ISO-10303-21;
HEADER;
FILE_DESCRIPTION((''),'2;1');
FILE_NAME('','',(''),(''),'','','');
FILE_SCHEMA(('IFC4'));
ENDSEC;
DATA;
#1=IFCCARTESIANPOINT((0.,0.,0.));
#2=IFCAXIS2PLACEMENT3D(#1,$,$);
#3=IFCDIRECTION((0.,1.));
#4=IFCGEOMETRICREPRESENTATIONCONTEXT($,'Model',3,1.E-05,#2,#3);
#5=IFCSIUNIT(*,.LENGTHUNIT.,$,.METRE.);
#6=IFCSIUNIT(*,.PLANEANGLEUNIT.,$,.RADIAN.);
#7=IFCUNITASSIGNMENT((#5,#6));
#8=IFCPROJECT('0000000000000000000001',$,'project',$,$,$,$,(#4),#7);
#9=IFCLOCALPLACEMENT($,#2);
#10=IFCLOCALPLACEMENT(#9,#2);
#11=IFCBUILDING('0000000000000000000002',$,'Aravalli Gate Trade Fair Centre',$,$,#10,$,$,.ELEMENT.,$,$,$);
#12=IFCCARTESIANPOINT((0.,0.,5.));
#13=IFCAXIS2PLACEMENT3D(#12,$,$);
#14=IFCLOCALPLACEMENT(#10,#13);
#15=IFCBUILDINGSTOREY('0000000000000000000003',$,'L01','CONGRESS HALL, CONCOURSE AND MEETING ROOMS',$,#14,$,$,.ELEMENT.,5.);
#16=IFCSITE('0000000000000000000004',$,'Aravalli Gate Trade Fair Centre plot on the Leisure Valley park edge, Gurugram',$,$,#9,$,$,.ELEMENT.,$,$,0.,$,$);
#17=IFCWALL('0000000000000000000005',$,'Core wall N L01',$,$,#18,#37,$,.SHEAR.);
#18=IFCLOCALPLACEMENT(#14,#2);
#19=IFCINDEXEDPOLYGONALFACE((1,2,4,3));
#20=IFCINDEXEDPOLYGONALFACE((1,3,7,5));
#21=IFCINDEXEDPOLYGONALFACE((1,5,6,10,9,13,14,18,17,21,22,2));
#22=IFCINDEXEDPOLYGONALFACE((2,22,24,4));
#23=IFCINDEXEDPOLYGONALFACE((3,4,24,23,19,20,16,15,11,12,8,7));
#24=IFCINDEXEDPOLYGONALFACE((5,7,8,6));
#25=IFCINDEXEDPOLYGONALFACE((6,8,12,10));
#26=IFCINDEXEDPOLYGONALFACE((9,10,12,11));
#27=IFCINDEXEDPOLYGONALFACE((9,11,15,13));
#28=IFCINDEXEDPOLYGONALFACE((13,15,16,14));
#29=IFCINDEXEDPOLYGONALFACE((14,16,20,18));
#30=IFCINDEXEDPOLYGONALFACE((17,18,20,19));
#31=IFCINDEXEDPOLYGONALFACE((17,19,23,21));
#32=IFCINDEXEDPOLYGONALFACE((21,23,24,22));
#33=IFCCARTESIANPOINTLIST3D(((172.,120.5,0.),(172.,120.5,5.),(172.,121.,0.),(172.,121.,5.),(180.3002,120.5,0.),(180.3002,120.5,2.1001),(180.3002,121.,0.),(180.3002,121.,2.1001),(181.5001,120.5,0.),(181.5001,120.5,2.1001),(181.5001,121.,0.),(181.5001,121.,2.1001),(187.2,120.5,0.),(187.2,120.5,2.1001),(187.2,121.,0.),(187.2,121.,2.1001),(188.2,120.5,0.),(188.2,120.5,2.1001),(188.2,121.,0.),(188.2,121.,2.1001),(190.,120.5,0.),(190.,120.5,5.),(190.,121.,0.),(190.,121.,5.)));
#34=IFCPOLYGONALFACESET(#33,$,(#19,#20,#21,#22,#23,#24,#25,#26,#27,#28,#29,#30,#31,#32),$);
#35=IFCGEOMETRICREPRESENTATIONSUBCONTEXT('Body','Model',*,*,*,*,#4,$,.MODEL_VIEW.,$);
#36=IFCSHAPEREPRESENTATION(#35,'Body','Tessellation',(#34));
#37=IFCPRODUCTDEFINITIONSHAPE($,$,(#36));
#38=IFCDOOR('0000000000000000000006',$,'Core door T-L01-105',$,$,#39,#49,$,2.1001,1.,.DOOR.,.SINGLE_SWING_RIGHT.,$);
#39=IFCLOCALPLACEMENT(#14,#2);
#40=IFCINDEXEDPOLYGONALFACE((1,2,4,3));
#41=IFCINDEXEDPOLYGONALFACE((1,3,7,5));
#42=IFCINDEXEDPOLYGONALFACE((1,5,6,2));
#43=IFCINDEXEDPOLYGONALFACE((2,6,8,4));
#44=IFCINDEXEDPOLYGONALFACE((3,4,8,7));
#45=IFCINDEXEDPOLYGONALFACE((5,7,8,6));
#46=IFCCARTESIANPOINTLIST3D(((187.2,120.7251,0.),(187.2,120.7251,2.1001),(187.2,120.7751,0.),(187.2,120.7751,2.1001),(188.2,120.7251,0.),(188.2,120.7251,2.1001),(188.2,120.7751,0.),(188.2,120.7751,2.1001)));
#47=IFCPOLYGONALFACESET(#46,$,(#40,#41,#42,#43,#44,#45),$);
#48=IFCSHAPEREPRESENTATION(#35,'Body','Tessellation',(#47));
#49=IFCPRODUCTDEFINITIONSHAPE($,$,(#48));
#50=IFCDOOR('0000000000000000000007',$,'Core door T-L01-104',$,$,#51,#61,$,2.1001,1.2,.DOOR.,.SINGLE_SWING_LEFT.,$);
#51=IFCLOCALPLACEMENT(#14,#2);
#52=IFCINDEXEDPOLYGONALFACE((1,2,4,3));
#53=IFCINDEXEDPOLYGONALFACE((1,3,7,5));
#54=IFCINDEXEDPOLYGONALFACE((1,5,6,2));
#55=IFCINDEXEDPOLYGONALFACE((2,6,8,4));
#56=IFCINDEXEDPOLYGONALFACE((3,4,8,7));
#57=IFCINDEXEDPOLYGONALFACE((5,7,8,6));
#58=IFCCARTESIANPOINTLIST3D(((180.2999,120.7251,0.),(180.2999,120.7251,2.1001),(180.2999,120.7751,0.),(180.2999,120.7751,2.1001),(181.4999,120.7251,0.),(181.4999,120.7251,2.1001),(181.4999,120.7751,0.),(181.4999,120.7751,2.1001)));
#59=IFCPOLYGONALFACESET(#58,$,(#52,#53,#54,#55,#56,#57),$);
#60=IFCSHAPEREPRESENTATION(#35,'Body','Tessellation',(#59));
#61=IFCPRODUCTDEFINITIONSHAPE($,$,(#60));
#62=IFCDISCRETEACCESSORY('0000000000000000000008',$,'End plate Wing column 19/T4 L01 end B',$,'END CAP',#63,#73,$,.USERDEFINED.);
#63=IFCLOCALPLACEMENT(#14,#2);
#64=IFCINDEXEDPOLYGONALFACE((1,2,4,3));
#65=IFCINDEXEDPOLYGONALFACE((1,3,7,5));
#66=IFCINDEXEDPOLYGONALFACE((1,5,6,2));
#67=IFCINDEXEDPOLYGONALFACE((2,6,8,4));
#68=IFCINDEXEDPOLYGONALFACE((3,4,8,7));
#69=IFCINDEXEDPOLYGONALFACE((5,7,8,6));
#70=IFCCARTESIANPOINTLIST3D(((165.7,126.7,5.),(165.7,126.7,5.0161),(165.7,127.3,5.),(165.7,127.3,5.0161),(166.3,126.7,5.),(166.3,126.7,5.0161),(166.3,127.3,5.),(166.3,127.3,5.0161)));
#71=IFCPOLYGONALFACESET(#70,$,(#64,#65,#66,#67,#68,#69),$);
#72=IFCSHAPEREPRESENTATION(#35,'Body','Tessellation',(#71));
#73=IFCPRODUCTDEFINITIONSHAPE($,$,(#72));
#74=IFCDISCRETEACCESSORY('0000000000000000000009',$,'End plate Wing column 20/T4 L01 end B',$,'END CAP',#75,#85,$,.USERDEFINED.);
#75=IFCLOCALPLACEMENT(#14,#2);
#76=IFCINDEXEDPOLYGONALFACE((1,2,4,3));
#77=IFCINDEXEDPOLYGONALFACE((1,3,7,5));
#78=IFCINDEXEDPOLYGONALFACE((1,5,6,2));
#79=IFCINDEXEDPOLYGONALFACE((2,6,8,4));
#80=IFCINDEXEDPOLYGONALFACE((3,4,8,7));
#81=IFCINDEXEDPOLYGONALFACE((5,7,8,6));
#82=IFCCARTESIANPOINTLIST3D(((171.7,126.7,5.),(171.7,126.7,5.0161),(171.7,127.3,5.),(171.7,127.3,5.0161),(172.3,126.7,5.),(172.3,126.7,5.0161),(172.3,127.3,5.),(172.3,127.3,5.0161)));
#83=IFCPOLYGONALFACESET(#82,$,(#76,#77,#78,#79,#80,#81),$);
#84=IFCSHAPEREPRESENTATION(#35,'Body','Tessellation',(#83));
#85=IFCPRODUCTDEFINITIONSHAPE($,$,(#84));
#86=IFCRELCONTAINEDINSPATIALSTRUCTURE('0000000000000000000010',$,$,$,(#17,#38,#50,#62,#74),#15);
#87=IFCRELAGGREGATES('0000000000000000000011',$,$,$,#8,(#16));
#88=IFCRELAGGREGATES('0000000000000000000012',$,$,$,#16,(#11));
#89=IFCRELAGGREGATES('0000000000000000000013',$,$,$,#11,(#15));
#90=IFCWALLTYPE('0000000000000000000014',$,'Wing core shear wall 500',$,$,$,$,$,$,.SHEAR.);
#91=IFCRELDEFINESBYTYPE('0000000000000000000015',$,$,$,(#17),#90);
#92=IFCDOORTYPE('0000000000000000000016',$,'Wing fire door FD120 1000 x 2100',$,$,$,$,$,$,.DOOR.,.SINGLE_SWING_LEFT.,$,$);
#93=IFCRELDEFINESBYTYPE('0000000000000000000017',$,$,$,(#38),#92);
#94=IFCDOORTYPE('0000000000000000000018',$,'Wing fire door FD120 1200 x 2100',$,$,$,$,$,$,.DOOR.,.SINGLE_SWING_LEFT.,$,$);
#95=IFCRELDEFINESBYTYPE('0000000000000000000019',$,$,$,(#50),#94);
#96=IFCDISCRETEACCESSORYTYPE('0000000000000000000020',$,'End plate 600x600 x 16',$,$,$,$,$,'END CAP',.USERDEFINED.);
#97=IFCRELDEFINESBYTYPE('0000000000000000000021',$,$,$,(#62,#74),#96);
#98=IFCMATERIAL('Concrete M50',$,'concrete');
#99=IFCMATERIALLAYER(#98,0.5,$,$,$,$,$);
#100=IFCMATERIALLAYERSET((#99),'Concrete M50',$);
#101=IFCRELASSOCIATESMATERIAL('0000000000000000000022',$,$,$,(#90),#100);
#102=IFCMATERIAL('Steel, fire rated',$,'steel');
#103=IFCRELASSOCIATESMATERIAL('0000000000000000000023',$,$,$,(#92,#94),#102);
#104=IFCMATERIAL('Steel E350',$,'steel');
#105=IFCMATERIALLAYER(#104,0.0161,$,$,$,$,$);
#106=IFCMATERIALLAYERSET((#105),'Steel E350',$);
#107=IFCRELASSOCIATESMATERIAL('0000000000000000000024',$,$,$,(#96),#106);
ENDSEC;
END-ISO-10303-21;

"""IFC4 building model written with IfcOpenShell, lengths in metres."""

from ifc_helpers import new_model, si_unit, direction, frame, frame_2d, origin, place, context, subcontext, project, spatial, polyline, rectangle, outline, extrude, material, layer, layer_set, type_object, element, fill, save


model = new_model("IFC4")

# Units and contexts
model_context = context("Model", 3, precision=1e-05, world=origin(), true_north=direction((0.0, 1.0)))
body_context = subcontext(model_context, "Body", "Model", "MODEL_VIEW")
ifc_project = project(units=[si_unit("LENGTHUNIT", "METRE"), si_unit("PLANEANGLEUNIT", "RADIAN")], contexts=[model_context])

# Site, building, storey
site_placement = place(None, origin())
site = spatial("IfcSite", under=ifc_project, at=site_placement, Name="Aravalli Gate Trade Fair Centre plot on the Leisure Valley park edge, Gurugram", CompositionType="ELEMENT", RefElevation=0.0)
building_placement = place(site_placement, origin())
building = spatial("IfcBuilding", under=site, at=building_placement, Name="Aravalli Gate Trade Fair Centre", CompositionType="ELEMENT")
storey_placement = place(building_placement, frame((0.0, 0.0, 5.0)))
storey = spatial("IfcBuildingStorey", under=building, at=storey_placement, Name="L01", Description="CONGRESS HALL, CONCOURSE AND MEETING ROOMS", CompositionType="ELEMENT", Elevation=5.0)

# Shared definitions
ifc_material_1 = material(Name="Steel E350", Category="steel")

# Wall, openings, doors
ifc_material_2 = material(Name="Concrete M50", Category="concrete")
ifc_layer_1 = layer(ifc_material_2, 0.5)
ifc_layer_set_1 = layer_set([ifc_layer_1], Name="Concrete M50")
wall_type = type_object("IfcWallType", Name="Wing core shear wall 500", PredefinedType="SHEAR", material=ifc_layer_set_1)
wall_placement = place(storey_placement, frame((172.0, 120.75, 0.0), z_axis=(0.0, 0.0, 1.0), x_axis=(1.0, 0.0, 0.0)))
wall = element("IfcWall", 1, at=wall_placement, inside=storey, type_object=wall_type, Name="Core wall N L01", PredefinedType="SHEAR", context=body_context, shape_type="SweptSolid", body=[
    extrude(rectangle(XDim=18.0, YDim=0.5, at=frame_2d((9.0, 0.0))), origin(), (0.0, 0.0, 1.0), 5.0),
])
opening_1_placement = place(wall_placement, frame((8.3, 0.0, 0.0)))
opening_1 = element("IfcOpeningElement", 2, at=opening_1_placement, cuts=wall, PredefinedType="OPENING", context=body_context, shape_type="SweptSolid", body=[
    extrude(rectangle(XDim=1.2, YDim=2.1001, at=frame_2d((0.6001, 1.05))), frame((0.0, 0.26, 0.0), z_axis=(0.0, -1.0, 0.0), x_axis=(1.0, 0.0, 0.0)), (0.0, 0.0, 1.0), 0.52),
])
opening_2_placement = place(wall_placement, frame((15.2, 0.0, 0.0)))
opening_2 = element("IfcOpeningElement", 3, at=opening_2_placement, cuts=wall, PredefinedType="OPENING", context=body_context, shape_type="SweptSolid", body=[
    extrude(rectangle(XDim=1.0, YDim=2.1001, at=frame_2d((0.5, 1.05))), frame((0.0, 0.26, 0.0), z_axis=(0.0, -1.0, 0.0), x_axis=(1.0, 0.0, 0.0)), (0.0, 0.0, 1.0), 0.52),
])
ifc_material_3 = material(Name="Steel, fire rated", Category="steel")
door_type_1 = type_object("IfcDoorType", Name="Wing fire door FD120 1000 x 2100", OperationType="SINGLE_SWING_LEFT", PredefinedType="DOOR", material=ifc_material_3)
door_1_placement = place(opening_2_placement, frame((1.0, 0.0, 0.0), z_axis=(0.0, 0.0, 1.0), x_axis=(-1.0, 0.0, 0.0)))
door_1 = element("IfcDoor", 4, at=door_1_placement, inside=storey, type_object=door_type_1, Name="Core door T-L01-105", OperationType="SINGLE_SWING_RIGHT", OverallHeight=2.1001, OverallWidth=1.0, PredefinedType="DOOR", context=body_context, shape_type="SweptSolid", body=[
    extrude(rectangle(XDim=1.0, YDim=2.1001, at=frame_2d((0.5, 1.05))), frame((0.0, 0.0249, 0.0), z_axis=(0.0, -1.0, 0.0), x_axis=(1.0, 0.0, 0.0)), (0.0, 0.0, 1.0), 0.05),
])
fill(opening_2, door_1)
door_type_2 = type_object("IfcDoorType", Name="Wing fire door FD120 1200 x 2100", OperationType="SINGLE_SWING_LEFT", PredefinedType="DOOR", material=ifc_material_3)
door_2_placement = place(opening_1_placement, frame((1.2, 0.0, 0.0), z_axis=(0.0, 0.0, 1.0), x_axis=(-1.0, 0.0, 0.0)))
door_2 = element("IfcDoor", 5, at=door_2_placement, inside=storey, type_object=door_type_2, Name="Core door T-L01-104", OperationType="SINGLE_SWING_LEFT", OverallHeight=2.1001, OverallWidth=1.2, PredefinedType="DOOR", context=body_context, shape_type="SweptSolid", body=[
    extrude(rectangle(XDim=1.2, YDim=2.1001, at=frame_2d((0.6001, 1.05))), frame((0.0, 0.0249, 0.0), z_axis=(0.0, -1.0, 0.0), x_axis=(1.0, 0.0, 0.0)), (0.0, 0.0, 1.0), 0.05),
])
fill(opening_1, door_2)

# Discrete accessories
ifc_layer_2 = layer(ifc_material_1, 0.0161)
ifc_layer_set_2 = layer_set([ifc_layer_2], Name="Steel E350")
discrete_accessory_type = type_object("IfcDiscreteAccessoryType", Name="End plate 600x600 x 16", ElementType="END CAP", PredefinedType="USERDEFINED", material=ifc_layer_set_2)
for number, where, z_axis, x_axis, name in (
    (6, (165.7, 126.7, 5.0161), (0.0, 0.0, 1.0), (1.0, 0.0, 0.0), "End plate Wing column 19/T4 L01 end B"),
    (7, (171.7, 126.7, 5.0161), (0.0, 0.0, 1.0), (1.0, 0.0, 0.0), "End plate Wing column 20/T4 L01 end B"),
):
    element("IfcDiscreteAccessory", number, at=place(storey_placement, frame(where, z_axis=z_axis, x_axis=x_axis)), inside=storey, type_object=discrete_accessory_type, Name=name, ObjectType="END CAP", PredefinedType="USERDEFINED", context=body_context, shape_type="SweptSolid", body=[
        extrude(outline(polyline([(0.0, 0.0), (0.6001, 0.0), (0.6001, 0.6001), (0.0, 0.6001), (0.0, 0.0)])), origin(), (0.0, 0.0, -1.0), 0.0161),
    ])

save(model, "model.ifc")
